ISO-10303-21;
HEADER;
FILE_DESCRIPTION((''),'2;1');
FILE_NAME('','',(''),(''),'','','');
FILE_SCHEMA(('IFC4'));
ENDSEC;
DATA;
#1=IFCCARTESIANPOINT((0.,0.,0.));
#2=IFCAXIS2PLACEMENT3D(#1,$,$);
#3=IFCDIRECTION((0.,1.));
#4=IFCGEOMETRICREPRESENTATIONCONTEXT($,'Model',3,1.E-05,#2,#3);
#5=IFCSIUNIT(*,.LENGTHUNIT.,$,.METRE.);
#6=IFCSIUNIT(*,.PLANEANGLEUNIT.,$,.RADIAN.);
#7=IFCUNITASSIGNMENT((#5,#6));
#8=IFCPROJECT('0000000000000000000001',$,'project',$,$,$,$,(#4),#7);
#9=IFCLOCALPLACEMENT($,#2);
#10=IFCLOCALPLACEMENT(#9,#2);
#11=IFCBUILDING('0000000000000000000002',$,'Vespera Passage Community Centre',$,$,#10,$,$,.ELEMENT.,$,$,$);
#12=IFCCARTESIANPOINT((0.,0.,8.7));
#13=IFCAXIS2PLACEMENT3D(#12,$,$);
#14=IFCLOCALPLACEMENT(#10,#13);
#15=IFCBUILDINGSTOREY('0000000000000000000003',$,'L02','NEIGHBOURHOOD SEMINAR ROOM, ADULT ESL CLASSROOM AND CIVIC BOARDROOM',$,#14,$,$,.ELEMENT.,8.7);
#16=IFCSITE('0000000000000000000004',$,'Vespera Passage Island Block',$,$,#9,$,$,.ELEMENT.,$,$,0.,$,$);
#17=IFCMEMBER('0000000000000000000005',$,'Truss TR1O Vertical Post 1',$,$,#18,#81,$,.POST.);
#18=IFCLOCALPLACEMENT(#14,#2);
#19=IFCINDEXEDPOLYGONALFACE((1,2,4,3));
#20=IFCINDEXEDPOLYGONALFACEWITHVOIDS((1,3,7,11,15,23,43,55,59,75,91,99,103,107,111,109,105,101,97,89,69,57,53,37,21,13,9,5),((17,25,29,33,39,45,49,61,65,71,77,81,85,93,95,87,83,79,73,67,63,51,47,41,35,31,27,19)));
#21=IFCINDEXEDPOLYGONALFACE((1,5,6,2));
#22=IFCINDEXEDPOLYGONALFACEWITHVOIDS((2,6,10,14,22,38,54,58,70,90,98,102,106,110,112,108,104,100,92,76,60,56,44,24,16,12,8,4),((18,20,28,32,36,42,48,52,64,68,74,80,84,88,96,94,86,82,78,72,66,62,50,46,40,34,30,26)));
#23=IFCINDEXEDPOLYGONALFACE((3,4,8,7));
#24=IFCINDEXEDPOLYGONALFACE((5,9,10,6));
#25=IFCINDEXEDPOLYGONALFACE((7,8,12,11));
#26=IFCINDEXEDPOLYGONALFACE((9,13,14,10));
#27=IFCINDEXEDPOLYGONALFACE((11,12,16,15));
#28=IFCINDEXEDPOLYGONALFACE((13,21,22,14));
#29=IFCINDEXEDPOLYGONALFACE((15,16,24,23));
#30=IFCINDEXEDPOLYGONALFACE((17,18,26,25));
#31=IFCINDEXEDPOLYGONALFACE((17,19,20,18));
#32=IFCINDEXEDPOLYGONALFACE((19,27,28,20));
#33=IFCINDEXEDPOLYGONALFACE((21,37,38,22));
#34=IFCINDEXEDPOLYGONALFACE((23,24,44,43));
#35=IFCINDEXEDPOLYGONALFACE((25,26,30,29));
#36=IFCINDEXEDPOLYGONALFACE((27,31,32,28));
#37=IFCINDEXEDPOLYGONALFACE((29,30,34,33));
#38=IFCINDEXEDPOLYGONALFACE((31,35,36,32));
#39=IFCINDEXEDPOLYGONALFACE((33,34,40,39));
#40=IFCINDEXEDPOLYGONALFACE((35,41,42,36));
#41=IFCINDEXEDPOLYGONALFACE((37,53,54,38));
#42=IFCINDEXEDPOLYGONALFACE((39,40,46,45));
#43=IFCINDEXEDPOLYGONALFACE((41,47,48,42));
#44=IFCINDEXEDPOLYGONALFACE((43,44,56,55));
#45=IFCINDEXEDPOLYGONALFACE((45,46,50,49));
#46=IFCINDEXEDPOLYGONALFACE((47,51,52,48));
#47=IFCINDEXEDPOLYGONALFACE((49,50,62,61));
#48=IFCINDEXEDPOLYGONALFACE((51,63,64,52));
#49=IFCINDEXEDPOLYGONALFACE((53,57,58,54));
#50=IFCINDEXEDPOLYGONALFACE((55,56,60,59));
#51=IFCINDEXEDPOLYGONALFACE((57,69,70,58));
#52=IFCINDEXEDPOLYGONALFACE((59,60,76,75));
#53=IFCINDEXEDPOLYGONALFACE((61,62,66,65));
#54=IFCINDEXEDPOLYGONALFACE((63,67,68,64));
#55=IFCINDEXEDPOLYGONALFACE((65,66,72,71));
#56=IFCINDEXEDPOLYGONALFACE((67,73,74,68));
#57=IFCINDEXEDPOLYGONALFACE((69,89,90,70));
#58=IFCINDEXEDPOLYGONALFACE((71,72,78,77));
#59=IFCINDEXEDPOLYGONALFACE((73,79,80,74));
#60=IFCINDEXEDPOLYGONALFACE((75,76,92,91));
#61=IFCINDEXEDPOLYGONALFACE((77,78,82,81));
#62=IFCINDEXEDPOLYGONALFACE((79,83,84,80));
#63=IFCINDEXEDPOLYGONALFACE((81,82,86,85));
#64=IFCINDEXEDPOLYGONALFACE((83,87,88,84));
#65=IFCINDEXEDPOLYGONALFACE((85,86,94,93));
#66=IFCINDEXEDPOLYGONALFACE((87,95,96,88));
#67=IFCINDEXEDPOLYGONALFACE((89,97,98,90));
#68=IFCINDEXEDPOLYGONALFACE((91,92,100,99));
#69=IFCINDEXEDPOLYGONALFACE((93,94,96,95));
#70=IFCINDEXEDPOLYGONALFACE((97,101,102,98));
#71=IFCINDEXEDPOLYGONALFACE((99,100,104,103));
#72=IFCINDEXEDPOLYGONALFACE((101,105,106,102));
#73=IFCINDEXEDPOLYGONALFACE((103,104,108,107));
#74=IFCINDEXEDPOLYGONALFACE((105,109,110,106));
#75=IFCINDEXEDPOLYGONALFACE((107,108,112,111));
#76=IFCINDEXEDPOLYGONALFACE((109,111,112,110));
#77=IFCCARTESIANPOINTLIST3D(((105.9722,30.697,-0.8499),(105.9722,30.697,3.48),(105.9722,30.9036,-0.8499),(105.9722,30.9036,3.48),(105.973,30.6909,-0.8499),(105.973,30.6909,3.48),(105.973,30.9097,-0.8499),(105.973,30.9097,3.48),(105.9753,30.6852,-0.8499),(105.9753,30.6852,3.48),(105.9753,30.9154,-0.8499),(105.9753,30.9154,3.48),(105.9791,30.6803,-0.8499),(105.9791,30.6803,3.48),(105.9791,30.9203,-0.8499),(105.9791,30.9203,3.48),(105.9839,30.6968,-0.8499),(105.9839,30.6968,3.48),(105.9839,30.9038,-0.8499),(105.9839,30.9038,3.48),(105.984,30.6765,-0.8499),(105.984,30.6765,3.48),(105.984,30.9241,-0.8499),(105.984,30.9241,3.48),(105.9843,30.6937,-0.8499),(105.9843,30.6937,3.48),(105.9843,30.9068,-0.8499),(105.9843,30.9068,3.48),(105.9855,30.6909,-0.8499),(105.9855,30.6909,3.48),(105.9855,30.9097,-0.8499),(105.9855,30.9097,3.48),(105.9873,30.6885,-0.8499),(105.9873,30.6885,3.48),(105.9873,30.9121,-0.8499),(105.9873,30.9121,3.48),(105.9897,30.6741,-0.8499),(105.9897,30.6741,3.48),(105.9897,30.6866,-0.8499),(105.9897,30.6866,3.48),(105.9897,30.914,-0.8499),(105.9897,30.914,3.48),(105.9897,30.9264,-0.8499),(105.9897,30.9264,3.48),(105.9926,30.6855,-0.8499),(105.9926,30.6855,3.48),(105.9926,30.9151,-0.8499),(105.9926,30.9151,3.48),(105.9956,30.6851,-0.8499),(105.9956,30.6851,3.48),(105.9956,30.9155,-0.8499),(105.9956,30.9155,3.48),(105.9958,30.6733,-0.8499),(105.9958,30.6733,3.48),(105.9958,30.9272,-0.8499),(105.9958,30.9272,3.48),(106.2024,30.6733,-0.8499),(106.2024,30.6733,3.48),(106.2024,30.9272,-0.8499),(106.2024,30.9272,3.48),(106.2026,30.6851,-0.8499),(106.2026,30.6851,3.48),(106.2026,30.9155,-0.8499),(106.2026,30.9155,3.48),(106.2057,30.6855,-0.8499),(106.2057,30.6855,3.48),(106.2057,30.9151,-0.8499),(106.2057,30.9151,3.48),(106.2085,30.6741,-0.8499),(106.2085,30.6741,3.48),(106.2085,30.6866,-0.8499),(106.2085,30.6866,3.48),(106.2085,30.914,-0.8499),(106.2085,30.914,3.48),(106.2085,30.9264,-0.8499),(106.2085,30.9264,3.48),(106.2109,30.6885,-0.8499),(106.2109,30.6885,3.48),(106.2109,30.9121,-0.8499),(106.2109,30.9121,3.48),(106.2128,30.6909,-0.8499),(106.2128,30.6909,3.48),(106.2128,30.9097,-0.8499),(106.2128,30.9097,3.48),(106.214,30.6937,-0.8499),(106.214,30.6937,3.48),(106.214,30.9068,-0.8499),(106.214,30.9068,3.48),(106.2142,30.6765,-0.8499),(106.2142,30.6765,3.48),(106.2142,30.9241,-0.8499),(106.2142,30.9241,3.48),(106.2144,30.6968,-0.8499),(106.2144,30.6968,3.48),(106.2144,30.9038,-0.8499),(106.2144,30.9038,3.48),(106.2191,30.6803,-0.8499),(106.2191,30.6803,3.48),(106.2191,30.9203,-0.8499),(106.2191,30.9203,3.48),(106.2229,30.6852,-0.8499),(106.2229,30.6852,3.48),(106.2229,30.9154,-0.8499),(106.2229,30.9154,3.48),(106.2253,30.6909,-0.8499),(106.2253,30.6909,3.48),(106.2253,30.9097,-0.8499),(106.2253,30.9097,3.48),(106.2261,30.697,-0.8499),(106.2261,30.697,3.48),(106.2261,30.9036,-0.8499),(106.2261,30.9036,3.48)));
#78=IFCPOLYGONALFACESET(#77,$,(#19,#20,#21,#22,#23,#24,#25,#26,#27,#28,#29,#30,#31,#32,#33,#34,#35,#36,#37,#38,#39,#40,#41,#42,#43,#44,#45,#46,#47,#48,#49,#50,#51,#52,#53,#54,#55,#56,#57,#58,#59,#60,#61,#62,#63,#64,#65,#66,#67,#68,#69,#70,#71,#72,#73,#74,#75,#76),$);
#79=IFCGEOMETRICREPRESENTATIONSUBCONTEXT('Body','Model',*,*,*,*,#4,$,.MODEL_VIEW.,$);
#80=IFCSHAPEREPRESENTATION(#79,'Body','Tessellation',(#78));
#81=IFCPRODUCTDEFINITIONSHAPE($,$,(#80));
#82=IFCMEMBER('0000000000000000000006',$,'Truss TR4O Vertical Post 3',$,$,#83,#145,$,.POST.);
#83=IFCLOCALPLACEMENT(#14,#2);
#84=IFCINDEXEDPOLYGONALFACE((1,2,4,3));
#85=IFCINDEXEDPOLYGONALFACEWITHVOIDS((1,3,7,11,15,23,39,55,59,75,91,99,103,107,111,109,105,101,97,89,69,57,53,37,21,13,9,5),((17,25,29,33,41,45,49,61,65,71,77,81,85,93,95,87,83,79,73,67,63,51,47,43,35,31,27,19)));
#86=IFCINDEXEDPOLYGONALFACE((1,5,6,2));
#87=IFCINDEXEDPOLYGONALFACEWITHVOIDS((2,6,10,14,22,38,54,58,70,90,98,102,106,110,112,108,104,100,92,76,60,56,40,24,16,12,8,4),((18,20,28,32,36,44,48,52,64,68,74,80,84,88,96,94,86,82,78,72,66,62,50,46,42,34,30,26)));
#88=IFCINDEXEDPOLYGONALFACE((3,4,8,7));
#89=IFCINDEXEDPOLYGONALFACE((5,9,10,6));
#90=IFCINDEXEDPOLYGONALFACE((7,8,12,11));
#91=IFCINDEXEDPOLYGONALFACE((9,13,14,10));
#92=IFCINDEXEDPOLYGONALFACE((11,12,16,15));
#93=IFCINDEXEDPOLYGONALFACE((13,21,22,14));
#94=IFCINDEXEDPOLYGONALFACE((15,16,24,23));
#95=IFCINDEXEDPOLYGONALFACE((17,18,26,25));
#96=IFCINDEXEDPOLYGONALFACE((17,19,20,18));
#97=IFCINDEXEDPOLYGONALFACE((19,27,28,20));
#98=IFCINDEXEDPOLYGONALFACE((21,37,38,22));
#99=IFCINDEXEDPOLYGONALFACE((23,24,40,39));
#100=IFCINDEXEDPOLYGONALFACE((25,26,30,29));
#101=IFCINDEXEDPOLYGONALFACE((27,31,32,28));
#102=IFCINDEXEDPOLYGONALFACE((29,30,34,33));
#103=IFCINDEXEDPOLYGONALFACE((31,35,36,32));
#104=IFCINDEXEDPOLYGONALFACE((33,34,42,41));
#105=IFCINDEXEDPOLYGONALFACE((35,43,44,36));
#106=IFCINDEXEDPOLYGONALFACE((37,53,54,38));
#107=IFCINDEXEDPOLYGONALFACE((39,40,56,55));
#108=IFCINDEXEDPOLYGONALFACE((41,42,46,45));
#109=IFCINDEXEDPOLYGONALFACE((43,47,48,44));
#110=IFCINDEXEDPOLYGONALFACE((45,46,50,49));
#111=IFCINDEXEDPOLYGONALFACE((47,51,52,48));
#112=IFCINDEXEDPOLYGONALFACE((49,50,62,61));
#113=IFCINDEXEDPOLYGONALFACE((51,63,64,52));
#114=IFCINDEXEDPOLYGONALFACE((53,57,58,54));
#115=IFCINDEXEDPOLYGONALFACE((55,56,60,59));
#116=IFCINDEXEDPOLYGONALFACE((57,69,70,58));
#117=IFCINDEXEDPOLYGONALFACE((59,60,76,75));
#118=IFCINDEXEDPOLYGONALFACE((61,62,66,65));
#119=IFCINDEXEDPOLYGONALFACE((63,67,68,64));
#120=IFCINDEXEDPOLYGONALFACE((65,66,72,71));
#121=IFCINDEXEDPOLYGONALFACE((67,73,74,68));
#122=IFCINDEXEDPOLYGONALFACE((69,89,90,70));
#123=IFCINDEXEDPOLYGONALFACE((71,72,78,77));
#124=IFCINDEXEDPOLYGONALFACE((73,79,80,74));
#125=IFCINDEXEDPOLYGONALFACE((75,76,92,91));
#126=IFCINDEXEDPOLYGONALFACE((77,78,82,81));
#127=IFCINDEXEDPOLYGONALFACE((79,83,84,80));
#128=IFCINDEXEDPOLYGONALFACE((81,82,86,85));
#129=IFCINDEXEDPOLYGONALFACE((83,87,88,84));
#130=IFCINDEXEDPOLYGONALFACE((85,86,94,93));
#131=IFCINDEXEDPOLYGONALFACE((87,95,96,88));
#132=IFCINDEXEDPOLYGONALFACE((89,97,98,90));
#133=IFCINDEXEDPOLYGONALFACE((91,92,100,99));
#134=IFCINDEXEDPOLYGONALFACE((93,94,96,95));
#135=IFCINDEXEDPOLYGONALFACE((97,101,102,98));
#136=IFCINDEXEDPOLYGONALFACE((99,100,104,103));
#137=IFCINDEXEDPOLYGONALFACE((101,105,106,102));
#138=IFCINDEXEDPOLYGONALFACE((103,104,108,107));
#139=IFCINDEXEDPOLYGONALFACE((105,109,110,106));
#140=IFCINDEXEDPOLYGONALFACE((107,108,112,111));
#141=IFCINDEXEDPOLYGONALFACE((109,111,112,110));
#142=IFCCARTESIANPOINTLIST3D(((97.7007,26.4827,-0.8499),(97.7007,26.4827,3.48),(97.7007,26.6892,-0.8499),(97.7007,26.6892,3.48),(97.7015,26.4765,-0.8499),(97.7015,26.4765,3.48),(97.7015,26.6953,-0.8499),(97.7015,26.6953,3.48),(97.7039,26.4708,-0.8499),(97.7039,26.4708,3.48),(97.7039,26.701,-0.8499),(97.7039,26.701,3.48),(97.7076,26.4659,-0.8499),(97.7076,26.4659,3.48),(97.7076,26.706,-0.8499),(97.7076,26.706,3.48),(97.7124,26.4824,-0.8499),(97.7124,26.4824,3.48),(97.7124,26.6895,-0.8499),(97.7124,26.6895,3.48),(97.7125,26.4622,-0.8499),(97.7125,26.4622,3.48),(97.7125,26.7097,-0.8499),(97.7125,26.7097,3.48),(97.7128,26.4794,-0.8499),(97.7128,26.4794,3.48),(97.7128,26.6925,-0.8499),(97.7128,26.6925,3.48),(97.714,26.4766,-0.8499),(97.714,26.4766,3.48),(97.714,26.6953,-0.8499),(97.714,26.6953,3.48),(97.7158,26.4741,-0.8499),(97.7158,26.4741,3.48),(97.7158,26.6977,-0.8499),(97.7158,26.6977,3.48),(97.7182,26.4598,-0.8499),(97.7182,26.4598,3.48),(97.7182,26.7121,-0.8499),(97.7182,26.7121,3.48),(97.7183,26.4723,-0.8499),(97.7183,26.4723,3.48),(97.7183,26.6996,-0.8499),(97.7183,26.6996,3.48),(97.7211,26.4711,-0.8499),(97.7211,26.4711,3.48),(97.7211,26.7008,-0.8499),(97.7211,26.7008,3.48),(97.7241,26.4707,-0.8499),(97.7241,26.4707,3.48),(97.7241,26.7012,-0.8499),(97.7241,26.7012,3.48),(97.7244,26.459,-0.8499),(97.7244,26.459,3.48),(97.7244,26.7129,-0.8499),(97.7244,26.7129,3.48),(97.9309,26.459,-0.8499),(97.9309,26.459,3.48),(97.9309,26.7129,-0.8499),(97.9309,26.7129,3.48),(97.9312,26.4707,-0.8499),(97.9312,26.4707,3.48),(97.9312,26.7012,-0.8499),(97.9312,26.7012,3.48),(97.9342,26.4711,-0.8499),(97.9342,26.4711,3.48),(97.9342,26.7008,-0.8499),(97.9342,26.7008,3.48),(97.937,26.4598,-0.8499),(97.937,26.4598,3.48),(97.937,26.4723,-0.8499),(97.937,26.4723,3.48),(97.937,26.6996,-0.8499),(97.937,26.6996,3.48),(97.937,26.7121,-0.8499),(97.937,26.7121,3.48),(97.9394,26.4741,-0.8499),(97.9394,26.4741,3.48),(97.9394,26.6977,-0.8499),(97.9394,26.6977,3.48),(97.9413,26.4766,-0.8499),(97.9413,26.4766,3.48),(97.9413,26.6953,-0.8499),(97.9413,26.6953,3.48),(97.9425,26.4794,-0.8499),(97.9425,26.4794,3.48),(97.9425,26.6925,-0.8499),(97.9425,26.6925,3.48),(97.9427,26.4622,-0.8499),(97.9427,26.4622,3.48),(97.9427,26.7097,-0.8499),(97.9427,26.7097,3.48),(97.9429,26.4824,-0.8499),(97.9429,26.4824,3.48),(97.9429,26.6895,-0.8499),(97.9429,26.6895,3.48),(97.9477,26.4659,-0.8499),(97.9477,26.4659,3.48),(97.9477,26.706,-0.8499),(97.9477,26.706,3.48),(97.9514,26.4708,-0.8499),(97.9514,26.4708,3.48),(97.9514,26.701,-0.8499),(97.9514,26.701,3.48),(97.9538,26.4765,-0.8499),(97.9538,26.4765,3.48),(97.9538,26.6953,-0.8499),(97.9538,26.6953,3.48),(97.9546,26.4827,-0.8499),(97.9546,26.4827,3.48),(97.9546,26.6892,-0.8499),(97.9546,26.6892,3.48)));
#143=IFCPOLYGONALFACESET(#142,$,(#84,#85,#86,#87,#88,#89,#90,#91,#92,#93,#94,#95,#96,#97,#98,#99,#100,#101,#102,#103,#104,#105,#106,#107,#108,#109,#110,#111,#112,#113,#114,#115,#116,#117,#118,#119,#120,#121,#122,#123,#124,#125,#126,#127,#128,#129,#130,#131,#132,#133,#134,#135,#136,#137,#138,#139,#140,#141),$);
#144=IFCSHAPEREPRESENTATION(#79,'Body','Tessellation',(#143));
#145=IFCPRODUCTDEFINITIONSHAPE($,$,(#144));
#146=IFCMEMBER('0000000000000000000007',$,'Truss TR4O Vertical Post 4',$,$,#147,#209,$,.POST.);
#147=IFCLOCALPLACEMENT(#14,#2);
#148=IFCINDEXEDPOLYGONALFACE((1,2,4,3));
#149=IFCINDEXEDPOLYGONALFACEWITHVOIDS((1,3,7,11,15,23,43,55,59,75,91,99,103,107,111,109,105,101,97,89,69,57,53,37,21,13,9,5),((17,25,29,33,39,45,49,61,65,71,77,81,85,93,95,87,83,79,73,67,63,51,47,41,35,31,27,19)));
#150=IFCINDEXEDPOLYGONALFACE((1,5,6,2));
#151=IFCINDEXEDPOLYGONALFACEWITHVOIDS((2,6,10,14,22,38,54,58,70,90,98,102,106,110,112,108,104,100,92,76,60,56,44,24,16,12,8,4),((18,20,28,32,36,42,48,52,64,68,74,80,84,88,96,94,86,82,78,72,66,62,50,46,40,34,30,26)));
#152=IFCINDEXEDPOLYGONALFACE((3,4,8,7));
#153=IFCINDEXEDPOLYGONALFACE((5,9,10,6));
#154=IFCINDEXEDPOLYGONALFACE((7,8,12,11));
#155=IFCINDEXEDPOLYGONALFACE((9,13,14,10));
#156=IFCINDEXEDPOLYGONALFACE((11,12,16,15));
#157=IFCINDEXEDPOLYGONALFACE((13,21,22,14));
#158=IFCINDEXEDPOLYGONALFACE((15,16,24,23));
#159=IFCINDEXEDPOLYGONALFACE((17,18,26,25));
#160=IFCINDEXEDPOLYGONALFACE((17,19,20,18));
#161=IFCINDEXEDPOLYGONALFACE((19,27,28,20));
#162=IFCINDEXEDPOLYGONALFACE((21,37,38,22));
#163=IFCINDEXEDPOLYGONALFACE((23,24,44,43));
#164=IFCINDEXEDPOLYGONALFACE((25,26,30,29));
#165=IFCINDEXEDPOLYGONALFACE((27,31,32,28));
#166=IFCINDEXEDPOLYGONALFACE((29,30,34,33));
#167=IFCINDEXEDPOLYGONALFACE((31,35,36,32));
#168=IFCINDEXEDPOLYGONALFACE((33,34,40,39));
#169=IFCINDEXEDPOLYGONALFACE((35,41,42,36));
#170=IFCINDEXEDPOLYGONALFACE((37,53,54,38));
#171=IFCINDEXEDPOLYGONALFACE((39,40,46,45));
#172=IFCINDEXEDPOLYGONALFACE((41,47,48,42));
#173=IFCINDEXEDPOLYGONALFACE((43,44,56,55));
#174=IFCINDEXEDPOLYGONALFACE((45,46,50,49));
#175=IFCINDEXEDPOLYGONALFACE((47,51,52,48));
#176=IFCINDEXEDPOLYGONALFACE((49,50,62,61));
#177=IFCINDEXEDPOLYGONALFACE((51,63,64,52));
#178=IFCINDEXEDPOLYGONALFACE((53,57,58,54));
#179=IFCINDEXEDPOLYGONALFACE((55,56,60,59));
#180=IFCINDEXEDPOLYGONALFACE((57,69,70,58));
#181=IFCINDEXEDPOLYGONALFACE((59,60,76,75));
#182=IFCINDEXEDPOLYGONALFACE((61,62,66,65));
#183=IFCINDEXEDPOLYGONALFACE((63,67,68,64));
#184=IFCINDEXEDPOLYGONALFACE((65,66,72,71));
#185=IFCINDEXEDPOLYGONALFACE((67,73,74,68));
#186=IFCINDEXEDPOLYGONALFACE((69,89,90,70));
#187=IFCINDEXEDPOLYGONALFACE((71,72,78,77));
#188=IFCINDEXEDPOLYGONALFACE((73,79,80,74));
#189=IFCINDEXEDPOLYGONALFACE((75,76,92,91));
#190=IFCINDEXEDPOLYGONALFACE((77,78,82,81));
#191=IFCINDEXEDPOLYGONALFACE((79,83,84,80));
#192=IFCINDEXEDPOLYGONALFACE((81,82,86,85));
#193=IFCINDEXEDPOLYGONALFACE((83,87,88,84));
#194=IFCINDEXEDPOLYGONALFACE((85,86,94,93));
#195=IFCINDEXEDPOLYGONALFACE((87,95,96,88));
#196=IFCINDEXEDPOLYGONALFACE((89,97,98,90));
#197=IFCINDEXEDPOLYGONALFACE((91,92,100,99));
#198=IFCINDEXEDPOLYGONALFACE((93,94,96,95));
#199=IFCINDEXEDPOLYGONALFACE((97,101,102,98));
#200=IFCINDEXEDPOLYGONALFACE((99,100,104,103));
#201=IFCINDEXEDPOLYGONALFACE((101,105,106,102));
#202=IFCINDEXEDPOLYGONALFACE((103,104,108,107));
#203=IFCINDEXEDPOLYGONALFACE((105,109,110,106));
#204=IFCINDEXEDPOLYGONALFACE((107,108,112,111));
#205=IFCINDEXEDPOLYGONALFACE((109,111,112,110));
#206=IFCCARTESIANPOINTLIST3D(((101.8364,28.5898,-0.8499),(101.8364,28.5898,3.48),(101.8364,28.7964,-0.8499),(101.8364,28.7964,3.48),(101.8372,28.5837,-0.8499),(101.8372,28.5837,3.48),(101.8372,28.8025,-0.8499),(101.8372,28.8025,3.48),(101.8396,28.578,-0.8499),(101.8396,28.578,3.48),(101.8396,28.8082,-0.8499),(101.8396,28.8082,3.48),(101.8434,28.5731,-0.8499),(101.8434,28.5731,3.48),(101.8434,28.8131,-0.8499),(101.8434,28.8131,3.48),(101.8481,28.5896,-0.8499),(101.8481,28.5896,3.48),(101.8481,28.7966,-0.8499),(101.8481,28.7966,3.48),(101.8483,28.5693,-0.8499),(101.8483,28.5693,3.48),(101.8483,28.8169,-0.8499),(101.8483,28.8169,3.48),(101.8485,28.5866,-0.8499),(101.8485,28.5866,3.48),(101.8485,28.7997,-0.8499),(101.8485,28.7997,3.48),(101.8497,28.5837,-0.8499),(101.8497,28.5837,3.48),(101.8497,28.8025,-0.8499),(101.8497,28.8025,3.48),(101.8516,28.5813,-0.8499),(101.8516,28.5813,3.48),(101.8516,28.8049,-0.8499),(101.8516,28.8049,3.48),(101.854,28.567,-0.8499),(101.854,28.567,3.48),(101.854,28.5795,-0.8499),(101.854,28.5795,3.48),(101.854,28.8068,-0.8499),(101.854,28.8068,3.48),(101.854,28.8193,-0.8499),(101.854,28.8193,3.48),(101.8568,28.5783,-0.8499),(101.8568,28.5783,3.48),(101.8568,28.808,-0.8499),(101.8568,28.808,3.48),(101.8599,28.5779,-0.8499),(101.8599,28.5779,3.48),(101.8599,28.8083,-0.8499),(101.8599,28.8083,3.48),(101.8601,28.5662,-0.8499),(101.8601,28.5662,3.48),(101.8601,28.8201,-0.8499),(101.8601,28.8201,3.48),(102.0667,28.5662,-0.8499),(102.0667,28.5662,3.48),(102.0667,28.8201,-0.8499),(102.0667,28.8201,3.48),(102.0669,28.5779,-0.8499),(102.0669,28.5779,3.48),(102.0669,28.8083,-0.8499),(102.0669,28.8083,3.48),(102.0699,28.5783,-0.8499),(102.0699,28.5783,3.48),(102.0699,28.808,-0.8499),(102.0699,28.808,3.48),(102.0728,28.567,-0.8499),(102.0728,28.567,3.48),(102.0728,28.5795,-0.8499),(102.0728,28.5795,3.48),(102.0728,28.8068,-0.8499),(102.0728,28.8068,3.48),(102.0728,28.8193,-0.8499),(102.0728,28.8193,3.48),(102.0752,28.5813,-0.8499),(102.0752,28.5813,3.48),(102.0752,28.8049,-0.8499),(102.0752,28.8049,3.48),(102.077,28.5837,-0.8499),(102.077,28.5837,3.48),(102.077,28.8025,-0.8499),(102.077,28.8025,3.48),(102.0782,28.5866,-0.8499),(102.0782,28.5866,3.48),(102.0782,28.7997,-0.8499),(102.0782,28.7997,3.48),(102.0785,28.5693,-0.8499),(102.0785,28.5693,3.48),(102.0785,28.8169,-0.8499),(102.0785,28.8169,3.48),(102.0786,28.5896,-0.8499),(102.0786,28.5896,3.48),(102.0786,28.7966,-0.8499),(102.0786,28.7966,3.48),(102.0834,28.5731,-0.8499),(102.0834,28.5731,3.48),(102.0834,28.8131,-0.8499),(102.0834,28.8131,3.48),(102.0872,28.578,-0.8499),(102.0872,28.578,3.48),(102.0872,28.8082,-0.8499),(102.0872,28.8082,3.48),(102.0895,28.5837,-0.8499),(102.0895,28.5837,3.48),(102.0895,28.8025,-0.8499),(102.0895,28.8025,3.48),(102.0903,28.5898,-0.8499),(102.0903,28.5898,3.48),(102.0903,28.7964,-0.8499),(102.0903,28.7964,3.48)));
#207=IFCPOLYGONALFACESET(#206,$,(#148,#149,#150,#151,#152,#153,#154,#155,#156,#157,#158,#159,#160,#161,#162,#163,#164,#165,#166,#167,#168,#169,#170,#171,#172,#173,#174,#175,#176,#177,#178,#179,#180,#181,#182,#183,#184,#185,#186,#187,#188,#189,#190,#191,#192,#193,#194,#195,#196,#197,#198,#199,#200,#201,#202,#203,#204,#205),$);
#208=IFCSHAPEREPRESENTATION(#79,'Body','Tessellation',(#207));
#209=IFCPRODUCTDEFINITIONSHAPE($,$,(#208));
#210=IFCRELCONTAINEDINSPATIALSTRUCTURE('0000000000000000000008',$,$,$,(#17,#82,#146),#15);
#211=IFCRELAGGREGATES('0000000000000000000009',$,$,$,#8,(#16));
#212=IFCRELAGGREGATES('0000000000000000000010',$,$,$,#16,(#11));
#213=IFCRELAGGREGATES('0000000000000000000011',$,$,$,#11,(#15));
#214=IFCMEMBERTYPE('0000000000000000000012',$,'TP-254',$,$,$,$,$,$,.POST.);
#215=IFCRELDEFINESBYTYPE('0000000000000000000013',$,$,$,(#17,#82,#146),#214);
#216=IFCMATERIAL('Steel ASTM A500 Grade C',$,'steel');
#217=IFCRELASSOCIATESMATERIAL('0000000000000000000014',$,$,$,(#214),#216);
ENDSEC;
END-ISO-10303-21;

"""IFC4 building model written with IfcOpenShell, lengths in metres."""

from ifc_helpers import new_model, si_unit, direction, frame, origin, origin_2d, place, context, subcontext, project, spatial, hollow_rectangle, extrude, material, material_profile, profile_set, type_object, element, save


model = new_model("IFC4")

# Units and contexts
model_context = context("Model", 3, precision=1e-05, world=origin(), true_north=direction((0.0, 1.0)))
body_context = subcontext(model_context, "Body", "Model", "MODEL_VIEW")
ifc_project = project(units=[si_unit("LENGTHUNIT", "METRE"), si_unit("PLANEANGLEUNIT", "RADIAN")], contexts=[model_context])

# Site, building, storey
site_placement = place(None, origin())
site = spatial("IfcSite", under=ifc_project, at=site_placement, Name="Vespera Passage Island Block", CompositionType="ELEMENT", RefElevation=0.0)
building_placement = place(site_placement, origin())
building = spatial("IfcBuilding", under=site, at=building_placement, Name="Vespera Passage Community Centre", CompositionType="ELEMENT")
storey_placement = place(building_placement, frame((0.0, 0.0, 8.7)))
storey = spatial("IfcBuildingStorey", under=building, at=storey_placement, Name="L02", Description="NEIGHBOURHOOD SEMINAR ROOM, ADULT ESL CLASSROOM AND CIVIC BOARDROOM", CompositionType="ELEMENT", Elevation=8.7)

# Members
ifc_material_1 = material(Name="Steel ASTM A500 Grade C", Category="steel")
ifc_material_profile_1 = material_profile(ifc_material_1, hollow_rectangle(XDim=0.2539, YDim=0.2539, WallThickness=0.0117, InnerFilletRadius=0.0117, OuterFilletRadius=0.0237, at=origin_2d()), Name="HSS254X254X12.7")
ifc_profile_set_1 = profile_set([ifc_material_profile_1], Name="Steel ASTM A500 Grade C")
member_type_1 = type_object("IfcMemberType", Name="TP-254", PredefinedType="POST", material=ifc_profile_set_1)
for number, where, z_axis, x_axis, name in (
    (1, (106.0991, 30.8003, -0.8499), (0.0, 0.0, 1.0), (1.0, 0.0, 0.0), "Truss TR1O Vertical Post 1"),
    (2, (97.8276, 26.5859, -0.8499), (0.0, 0.0, 1.0), (1.0, 0.0, 0.0), "Truss TR4O Vertical Post 3"),
    (3, (101.9634, 28.6931, -0.8499), (0.0, 0.0, 1.0), (1.0, 0.0, 0.0), "Truss TR4O Vertical Post 4"),
):
    element("IfcMember", number, at=place(storey_placement, frame(where, z_axis=z_axis, x_axis=x_axis)), inside=storey, type_object=member_type_1, Name=name, PredefinedType="POST", context=body_context, shape_type="SweptSolid", body=[
        extrude(hollow_rectangle(XDim=0.2539, YDim=0.2539, WallThickness=0.0117, InnerFilletRadius=0.0117, OuterFilletRadius=0.0237, at=origin_2d()), origin(), (0.0, 0.0, 1.0), 4.3298),
    ])

save(model, "model.ifc")
